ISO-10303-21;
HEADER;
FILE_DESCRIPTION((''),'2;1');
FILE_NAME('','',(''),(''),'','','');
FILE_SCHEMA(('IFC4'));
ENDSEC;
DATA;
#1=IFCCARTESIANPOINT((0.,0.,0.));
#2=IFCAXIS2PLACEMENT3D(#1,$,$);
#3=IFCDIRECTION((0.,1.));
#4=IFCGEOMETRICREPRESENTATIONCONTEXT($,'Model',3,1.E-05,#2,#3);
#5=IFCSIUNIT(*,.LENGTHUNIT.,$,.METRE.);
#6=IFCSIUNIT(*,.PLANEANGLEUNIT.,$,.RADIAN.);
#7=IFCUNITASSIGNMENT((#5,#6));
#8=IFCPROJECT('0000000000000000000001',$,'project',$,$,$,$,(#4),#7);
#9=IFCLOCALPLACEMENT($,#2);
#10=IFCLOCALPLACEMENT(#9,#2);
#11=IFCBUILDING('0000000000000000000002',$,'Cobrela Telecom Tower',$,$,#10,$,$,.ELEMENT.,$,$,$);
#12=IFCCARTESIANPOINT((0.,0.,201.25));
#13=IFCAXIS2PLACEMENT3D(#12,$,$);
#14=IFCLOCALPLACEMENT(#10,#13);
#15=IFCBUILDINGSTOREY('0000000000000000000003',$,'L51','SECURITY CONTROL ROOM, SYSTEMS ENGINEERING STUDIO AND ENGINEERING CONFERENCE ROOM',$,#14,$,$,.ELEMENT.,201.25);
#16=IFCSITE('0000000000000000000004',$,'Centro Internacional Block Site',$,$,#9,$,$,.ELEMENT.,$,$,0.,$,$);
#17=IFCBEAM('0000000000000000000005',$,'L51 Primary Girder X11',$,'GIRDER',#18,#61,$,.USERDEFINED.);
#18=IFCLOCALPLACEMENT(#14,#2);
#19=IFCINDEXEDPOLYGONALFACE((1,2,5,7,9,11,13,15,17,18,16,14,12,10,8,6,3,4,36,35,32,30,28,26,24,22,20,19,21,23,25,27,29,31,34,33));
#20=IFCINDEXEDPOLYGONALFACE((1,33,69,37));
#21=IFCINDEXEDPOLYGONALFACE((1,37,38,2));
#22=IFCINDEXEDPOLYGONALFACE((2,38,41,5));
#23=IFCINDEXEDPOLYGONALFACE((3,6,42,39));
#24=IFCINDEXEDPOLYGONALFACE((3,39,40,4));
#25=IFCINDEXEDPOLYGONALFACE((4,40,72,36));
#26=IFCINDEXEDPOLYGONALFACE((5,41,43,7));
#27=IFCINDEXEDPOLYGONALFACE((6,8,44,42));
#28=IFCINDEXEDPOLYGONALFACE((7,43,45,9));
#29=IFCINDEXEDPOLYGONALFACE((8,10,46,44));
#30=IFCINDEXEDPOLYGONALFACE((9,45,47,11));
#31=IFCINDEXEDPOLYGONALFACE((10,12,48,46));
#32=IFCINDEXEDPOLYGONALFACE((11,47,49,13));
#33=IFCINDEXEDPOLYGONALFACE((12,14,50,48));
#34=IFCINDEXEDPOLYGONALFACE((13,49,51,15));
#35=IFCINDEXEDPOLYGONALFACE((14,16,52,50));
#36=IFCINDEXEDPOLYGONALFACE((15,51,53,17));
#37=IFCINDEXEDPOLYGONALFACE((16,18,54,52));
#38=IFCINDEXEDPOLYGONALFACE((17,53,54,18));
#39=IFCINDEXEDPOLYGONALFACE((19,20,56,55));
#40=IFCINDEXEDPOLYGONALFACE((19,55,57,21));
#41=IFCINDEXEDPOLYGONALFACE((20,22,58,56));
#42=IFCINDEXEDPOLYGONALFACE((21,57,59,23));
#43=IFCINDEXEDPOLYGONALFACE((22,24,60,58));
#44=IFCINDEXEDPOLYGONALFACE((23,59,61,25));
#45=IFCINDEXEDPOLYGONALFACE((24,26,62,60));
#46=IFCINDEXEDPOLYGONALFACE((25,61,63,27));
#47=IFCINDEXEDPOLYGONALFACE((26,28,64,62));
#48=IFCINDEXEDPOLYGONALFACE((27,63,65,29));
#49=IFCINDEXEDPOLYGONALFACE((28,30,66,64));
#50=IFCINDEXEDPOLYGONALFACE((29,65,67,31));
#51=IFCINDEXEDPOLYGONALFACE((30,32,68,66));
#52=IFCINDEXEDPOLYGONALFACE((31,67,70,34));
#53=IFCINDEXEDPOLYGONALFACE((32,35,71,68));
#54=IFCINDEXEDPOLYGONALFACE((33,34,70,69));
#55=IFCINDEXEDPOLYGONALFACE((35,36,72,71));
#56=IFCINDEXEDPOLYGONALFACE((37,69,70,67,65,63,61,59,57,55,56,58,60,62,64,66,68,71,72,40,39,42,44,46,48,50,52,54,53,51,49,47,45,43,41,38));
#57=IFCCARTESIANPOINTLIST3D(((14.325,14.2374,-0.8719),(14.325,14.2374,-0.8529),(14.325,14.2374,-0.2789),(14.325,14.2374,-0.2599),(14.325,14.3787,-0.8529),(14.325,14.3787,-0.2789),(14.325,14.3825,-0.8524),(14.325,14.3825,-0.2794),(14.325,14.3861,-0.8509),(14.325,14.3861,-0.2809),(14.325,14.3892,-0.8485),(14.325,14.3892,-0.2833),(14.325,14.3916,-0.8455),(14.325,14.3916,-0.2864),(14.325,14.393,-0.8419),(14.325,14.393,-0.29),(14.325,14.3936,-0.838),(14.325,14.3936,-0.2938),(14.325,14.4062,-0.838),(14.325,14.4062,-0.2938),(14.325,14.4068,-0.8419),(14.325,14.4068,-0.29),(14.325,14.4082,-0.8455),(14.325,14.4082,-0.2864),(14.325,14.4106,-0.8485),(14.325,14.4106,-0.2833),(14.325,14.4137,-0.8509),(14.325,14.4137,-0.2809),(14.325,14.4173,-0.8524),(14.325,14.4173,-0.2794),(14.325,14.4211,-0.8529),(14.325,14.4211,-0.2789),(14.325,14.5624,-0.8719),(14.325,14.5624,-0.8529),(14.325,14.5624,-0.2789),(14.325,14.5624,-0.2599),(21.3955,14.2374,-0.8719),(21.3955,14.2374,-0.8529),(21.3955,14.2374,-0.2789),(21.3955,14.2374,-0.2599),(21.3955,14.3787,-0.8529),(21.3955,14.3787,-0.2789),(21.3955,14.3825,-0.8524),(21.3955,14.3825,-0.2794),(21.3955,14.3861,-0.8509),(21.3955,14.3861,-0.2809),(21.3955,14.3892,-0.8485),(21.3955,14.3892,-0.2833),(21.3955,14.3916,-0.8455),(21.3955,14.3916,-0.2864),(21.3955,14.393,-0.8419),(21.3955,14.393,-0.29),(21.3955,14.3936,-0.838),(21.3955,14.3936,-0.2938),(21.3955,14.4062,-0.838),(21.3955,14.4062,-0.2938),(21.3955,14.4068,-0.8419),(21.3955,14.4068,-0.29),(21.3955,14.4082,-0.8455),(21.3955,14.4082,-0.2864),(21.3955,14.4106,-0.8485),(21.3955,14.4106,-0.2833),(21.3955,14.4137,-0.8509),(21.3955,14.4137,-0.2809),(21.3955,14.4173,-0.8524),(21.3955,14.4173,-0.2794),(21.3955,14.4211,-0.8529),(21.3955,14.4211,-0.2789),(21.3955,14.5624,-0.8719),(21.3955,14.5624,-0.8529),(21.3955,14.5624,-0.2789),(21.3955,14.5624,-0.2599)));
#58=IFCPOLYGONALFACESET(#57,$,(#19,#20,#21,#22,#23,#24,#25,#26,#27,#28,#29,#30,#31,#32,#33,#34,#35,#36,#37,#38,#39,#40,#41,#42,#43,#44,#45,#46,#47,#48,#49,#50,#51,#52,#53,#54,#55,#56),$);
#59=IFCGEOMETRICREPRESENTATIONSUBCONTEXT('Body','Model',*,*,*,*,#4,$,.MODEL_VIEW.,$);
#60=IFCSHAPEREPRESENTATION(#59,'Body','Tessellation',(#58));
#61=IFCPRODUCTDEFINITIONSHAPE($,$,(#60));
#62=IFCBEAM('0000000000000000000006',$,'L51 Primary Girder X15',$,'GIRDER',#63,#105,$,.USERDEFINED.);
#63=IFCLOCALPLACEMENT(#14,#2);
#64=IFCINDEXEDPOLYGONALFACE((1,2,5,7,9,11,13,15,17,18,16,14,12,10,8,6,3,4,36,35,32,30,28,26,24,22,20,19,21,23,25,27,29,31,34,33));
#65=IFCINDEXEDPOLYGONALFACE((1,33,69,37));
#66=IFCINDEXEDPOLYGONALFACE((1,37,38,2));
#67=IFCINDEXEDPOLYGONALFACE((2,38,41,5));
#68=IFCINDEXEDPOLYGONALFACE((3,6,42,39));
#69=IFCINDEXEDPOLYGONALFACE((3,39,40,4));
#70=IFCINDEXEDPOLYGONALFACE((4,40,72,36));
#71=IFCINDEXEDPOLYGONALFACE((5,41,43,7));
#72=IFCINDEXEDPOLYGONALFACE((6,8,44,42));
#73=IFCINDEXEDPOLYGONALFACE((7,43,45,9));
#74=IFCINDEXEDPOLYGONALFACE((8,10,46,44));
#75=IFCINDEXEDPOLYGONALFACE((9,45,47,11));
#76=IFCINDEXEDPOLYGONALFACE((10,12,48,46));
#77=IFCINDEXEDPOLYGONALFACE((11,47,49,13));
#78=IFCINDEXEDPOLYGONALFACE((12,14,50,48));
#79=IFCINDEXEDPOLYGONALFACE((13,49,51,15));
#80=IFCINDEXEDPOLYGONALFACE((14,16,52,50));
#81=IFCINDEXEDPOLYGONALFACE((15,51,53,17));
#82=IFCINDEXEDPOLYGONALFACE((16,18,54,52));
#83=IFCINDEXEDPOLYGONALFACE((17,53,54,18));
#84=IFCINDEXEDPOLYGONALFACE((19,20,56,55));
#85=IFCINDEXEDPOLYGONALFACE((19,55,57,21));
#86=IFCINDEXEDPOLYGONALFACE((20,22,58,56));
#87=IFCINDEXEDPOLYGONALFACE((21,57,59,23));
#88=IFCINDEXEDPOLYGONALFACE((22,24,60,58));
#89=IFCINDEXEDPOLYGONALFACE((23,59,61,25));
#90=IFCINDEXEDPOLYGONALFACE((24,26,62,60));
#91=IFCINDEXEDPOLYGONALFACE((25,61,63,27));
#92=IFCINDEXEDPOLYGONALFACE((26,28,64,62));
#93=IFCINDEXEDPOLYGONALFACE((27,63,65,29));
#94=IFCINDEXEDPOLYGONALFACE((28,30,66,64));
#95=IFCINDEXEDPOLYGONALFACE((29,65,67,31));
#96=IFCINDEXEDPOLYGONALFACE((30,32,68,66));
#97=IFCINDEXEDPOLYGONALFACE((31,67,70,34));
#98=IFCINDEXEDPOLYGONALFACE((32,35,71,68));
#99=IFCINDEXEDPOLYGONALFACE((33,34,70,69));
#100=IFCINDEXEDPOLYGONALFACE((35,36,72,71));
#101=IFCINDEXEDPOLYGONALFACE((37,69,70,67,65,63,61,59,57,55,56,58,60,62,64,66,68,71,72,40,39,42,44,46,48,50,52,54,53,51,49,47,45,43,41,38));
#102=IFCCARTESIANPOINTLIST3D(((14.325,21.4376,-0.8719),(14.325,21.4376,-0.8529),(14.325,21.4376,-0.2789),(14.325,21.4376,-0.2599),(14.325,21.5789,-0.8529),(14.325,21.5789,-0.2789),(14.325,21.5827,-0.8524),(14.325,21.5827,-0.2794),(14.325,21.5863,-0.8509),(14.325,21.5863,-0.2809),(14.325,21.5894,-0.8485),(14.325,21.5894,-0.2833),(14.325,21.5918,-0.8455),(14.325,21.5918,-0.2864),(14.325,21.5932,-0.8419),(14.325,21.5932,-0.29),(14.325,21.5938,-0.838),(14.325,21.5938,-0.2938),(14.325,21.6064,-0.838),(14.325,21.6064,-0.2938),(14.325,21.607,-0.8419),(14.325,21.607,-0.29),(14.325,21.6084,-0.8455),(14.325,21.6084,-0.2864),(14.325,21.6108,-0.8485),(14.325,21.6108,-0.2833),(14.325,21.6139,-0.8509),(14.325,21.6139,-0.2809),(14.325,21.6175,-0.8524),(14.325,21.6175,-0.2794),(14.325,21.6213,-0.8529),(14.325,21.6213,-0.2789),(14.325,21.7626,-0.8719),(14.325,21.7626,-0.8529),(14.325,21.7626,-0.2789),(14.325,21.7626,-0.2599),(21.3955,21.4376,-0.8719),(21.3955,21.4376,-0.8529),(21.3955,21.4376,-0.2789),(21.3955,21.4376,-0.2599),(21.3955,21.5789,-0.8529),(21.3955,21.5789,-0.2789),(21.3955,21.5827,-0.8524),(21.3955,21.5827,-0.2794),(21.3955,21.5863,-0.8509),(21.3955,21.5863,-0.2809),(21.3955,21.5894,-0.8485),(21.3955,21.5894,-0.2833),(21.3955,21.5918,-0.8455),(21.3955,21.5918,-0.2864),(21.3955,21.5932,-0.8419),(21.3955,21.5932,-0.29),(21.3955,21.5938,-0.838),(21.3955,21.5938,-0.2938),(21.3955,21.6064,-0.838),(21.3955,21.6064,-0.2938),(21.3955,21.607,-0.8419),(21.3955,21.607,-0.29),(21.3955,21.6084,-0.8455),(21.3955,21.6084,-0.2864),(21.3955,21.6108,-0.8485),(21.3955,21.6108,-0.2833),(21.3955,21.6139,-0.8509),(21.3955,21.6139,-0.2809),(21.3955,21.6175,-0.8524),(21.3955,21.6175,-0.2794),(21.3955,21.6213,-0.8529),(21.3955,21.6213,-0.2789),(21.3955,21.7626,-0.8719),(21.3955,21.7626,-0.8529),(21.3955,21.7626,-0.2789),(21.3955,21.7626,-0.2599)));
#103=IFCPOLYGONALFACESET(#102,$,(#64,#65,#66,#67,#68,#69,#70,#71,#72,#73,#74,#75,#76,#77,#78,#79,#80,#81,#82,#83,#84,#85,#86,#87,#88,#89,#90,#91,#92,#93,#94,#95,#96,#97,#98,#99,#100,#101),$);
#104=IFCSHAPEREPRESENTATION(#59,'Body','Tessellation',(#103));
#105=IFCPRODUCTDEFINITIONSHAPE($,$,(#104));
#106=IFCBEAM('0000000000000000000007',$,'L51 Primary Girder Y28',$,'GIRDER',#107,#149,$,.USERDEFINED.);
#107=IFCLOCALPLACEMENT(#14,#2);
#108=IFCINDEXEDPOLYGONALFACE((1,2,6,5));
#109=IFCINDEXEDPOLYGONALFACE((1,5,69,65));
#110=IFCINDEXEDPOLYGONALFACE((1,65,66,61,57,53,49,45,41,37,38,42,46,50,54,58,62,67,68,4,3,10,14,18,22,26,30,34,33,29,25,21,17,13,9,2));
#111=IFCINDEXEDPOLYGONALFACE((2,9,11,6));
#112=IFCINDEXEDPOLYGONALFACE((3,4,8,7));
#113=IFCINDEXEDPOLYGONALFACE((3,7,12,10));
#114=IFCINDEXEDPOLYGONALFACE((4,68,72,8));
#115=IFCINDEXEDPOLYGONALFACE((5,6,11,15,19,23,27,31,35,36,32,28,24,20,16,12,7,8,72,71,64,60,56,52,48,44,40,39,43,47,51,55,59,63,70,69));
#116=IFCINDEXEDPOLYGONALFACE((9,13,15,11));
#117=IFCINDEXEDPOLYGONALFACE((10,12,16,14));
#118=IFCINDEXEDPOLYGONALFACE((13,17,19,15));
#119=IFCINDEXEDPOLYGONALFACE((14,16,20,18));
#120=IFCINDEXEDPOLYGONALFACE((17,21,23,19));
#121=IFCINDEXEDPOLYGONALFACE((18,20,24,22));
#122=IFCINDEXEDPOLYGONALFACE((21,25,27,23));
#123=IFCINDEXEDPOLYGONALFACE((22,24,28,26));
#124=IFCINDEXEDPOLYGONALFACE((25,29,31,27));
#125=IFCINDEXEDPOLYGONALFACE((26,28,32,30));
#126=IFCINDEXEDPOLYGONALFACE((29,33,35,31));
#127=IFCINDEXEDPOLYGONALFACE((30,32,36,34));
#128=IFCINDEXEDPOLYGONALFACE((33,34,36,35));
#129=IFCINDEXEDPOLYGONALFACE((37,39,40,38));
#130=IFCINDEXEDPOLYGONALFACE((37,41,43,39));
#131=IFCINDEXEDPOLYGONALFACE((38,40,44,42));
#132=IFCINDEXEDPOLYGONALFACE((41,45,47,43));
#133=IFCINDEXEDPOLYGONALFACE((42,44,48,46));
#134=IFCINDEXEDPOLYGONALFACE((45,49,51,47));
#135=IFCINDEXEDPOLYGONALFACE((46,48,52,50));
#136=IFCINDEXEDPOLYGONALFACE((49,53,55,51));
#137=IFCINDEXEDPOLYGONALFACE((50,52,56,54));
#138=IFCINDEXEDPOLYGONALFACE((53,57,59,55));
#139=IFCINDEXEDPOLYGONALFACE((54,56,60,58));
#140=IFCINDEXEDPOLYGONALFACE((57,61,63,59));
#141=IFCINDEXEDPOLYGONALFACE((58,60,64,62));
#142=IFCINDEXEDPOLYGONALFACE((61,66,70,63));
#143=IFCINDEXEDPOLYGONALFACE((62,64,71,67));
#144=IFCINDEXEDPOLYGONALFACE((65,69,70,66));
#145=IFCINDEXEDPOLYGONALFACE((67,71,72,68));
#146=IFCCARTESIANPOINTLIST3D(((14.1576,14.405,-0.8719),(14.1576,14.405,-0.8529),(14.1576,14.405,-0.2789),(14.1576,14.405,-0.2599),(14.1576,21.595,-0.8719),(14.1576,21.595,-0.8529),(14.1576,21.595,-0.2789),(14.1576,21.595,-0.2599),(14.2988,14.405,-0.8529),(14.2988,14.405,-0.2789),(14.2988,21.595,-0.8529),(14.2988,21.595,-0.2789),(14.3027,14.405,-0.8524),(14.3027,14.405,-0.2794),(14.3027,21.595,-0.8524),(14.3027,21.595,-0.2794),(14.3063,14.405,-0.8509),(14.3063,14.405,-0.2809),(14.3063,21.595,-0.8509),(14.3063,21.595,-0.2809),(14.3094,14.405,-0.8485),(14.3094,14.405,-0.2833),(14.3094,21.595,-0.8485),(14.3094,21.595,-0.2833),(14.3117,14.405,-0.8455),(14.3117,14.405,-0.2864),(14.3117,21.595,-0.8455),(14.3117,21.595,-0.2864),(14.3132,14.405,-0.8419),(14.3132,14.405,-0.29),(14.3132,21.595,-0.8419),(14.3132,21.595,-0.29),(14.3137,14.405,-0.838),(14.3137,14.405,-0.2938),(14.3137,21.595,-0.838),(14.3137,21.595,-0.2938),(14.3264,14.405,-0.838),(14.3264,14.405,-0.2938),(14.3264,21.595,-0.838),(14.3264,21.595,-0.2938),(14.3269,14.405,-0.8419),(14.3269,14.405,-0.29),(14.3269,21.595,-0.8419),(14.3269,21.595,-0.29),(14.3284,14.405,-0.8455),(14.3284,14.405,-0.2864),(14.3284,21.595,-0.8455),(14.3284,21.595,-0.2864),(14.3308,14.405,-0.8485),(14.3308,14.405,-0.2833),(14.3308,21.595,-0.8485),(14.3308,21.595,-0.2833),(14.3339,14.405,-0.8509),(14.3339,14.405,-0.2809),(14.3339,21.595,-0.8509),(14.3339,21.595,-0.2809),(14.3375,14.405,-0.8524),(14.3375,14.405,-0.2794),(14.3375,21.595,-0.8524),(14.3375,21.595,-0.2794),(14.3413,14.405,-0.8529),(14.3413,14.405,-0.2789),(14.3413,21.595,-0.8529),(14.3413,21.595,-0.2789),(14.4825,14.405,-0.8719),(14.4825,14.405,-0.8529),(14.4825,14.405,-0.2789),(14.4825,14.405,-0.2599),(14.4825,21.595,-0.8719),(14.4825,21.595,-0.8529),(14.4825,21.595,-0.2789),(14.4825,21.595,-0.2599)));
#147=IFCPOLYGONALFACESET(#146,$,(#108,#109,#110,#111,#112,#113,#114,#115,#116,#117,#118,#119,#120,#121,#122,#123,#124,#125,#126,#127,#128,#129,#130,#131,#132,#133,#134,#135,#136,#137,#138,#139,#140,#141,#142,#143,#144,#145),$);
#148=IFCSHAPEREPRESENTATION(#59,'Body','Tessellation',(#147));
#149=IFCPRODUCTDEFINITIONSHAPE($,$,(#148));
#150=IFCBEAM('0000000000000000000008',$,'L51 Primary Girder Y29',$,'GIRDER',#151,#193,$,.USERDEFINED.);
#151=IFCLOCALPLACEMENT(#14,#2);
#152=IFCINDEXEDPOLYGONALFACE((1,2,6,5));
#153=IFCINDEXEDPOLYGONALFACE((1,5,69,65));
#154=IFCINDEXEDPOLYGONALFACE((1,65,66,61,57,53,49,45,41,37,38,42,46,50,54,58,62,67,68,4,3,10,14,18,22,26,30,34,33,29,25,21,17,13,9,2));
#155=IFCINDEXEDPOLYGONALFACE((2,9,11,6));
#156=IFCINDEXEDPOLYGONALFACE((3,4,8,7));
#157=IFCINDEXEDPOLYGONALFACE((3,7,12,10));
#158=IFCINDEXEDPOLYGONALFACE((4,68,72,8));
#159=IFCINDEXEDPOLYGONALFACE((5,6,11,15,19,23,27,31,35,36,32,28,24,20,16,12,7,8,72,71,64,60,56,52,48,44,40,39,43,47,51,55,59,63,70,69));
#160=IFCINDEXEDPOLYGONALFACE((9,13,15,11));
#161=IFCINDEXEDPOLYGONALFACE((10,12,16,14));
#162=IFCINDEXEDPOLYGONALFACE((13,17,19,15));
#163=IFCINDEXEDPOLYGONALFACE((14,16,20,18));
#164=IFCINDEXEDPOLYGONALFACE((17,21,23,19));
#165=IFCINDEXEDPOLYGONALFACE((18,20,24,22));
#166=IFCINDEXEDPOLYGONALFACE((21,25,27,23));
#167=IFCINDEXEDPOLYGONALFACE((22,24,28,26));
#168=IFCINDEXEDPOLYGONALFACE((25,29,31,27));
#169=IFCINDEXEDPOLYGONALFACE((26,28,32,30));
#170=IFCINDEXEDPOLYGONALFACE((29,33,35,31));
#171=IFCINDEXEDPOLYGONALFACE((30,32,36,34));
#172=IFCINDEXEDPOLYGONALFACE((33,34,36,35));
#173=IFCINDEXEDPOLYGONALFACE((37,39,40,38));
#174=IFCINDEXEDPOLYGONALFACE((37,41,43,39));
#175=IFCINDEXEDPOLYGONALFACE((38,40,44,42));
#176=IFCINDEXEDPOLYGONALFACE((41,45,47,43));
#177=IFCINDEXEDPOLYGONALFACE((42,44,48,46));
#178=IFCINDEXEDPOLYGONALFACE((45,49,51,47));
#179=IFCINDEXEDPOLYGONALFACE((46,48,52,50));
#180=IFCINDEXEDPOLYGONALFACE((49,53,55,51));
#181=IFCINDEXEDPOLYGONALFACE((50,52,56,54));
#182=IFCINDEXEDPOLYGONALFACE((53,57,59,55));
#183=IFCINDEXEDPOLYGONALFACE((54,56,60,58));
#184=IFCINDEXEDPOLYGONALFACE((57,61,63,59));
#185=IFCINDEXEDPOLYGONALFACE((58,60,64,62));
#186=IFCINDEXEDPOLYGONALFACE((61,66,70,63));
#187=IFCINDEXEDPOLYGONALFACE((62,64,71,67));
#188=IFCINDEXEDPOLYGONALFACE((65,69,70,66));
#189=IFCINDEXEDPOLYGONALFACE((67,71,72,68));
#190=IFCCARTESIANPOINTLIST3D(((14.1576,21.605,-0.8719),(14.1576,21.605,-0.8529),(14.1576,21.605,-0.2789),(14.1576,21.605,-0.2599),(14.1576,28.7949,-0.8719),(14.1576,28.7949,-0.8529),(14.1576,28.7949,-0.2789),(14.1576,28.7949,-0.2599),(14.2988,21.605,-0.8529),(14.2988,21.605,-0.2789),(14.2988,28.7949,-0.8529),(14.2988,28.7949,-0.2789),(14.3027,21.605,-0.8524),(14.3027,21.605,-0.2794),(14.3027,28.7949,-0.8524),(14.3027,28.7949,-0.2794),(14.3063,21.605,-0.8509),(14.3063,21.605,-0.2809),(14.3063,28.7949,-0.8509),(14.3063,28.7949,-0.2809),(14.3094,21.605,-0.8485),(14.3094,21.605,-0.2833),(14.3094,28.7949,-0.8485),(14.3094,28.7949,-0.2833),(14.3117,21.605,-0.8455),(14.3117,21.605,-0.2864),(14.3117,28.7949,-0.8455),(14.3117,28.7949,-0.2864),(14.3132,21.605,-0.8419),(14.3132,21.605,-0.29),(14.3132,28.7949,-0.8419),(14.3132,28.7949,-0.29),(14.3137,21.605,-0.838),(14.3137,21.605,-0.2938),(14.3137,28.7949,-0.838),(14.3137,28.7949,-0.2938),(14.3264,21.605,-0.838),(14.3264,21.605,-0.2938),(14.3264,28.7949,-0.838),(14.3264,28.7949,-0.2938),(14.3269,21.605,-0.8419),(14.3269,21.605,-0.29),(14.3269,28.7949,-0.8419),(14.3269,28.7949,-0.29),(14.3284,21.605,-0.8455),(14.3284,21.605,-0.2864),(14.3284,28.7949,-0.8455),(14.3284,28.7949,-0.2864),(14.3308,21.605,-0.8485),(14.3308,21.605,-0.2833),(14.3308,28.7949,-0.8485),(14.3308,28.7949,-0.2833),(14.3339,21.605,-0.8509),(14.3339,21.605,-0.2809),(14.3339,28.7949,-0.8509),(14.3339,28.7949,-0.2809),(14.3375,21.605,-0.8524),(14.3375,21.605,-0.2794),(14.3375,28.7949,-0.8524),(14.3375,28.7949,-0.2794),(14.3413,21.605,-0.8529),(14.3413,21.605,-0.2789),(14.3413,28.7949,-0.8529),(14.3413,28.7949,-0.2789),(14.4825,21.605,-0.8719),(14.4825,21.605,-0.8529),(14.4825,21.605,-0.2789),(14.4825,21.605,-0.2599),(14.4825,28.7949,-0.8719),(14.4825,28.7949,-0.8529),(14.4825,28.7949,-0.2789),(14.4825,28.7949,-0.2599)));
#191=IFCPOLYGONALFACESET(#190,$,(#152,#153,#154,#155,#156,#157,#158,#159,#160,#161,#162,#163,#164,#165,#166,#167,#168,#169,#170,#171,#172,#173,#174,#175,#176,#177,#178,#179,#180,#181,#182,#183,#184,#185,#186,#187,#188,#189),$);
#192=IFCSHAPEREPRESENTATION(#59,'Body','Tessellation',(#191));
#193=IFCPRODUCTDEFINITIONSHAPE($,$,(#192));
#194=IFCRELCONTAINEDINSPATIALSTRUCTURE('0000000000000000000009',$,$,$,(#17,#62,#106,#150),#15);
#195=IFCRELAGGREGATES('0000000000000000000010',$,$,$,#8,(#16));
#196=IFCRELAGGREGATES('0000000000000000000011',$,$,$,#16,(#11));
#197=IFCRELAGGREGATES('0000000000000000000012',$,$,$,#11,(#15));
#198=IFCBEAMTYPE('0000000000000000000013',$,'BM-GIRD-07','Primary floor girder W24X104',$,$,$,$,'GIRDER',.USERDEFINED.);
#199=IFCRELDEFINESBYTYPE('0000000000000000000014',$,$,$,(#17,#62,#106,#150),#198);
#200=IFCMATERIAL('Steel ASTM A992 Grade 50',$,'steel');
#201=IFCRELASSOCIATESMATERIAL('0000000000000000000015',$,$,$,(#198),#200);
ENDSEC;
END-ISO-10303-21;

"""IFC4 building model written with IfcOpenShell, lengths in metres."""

from ifc_helpers import new_model, si_unit, direction, frame, origin, origin_2d, place, context, subcontext, project, spatial, i_section, extrude, material, material_profile, profile_set, type_object, element, save


model = new_model("IFC4")

# Units and contexts
model_context = context("Model", 3, precision=1e-05, world=origin(), true_north=direction((0.0, 1.0)))
body_context = subcontext(model_context, "Body", "Model", "MODEL_VIEW")
ifc_project = project(units=[si_unit("LENGTHUNIT", "METRE"), si_unit("PLANEANGLEUNIT", "RADIAN")], contexts=[model_context])

# Site, building, storey
site_placement = place(None, origin())
site = spatial("IfcSite", under=ifc_project, at=site_placement, Name="Centro Internacional Block Site", CompositionType="ELEMENT", RefElevation=0.0)
building_placement = place(site_placement, origin())
building = spatial("IfcBuilding", under=site, at=building_placement, Name="Cobrela Telecom Tower", CompositionType="ELEMENT")
storey_placement = place(building_placement, frame((0.0, 0.0, 201.25)))
storey = spatial("IfcBuildingStorey", under=building, at=storey_placement, Name="L51", Description="SECURITY CONTROL ROOM, SYSTEMS ENGINEERING STUDIO AND ENGINEERING CONFERENCE ROOM", CompositionType="ELEMENT", Elevation=201.25)

# Beams
ifc_material_1 = material(Name="Steel ASTM A992 Grade 50", Category="steel")
ifc_material_profile_1 = material_profile(ifc_material_1, i_section(OverallWidth=0.325, OverallDepth=0.6121, WebThickness=0.0127, FlangeThickness=0.019, FilletRadius=0.0149, at=origin_2d()), Name="W24X104")
ifc_profile_set_1 = profile_set([ifc_material_profile_1], Name="Steel ASTM A992 Grade 50")
beam_type_1 = type_object("IfcBeamType", Name="BM-GIRD-07", Description="Primary floor girder W24X104", ElementType="GIRDER", PredefinedType="USERDEFINED", material=ifc_profile_set_1)
for number, where, z_axis, x_axis, name in (
    (1, (14.325, 14.3999, -0.5659), (1.0, 0.0, 0.0), (0.0, 1.0, 0.0), "L51 Primary Girder X11"),
    (2, (14.325, 21.6001, -0.5659), (1.0, 0.0, 0.0), (0.0, 1.0, 0.0), "L51 Primary Girder X15"),
):
    element("IfcBeam", number, at=place(storey_placement, frame(where, z_axis=z_axis, x_axis=x_axis)), inside=storey, type_object=beam_type_1, Name=name, ObjectType="GIRDER", PredefinedType="USERDEFINED", context=body_context, shape_type="SweptSolid", body=[
        extrude(i_section(OverallWidth=0.325, OverallDepth=0.6121, WebThickness=0.0127, FlangeThickness=0.019, FilletRadius=0.0149, at=origin_2d()), origin(), (0.0, 0.0, 1.0), 7.0706),
    ])
for number, where, z_axis, x_axis, name in (
    (3, (14.3201, 14.405, -0.5659), (0.0, 1.0, 0.0), (-1.0, 0.0, 0.0), "L51 Primary Girder Y28"),
    (4, (14.3201, 21.605, -0.5659), (0.0, 1.0, 0.0), (-1.0, 0.0, 0.0), "L51 Primary Girder Y29"),
):
    element("IfcBeam", number, at=place(storey_placement, frame(where, z_axis=z_axis, x_axis=x_axis)), inside=storey, type_object=beam_type_1, Name=name, ObjectType="GIRDER", PredefinedType="USERDEFINED", context=body_context, shape_type="SweptSolid", body=[
        extrude(i_section(OverallWidth=0.325, OverallDepth=0.6121, WebThickness=0.0127, FlangeThickness=0.019, FilletRadius=0.0149, at=origin_2d()), origin(), (0.0, 0.0, 1.0), 7.1899),
    ])

save(model, "model.ifc")
